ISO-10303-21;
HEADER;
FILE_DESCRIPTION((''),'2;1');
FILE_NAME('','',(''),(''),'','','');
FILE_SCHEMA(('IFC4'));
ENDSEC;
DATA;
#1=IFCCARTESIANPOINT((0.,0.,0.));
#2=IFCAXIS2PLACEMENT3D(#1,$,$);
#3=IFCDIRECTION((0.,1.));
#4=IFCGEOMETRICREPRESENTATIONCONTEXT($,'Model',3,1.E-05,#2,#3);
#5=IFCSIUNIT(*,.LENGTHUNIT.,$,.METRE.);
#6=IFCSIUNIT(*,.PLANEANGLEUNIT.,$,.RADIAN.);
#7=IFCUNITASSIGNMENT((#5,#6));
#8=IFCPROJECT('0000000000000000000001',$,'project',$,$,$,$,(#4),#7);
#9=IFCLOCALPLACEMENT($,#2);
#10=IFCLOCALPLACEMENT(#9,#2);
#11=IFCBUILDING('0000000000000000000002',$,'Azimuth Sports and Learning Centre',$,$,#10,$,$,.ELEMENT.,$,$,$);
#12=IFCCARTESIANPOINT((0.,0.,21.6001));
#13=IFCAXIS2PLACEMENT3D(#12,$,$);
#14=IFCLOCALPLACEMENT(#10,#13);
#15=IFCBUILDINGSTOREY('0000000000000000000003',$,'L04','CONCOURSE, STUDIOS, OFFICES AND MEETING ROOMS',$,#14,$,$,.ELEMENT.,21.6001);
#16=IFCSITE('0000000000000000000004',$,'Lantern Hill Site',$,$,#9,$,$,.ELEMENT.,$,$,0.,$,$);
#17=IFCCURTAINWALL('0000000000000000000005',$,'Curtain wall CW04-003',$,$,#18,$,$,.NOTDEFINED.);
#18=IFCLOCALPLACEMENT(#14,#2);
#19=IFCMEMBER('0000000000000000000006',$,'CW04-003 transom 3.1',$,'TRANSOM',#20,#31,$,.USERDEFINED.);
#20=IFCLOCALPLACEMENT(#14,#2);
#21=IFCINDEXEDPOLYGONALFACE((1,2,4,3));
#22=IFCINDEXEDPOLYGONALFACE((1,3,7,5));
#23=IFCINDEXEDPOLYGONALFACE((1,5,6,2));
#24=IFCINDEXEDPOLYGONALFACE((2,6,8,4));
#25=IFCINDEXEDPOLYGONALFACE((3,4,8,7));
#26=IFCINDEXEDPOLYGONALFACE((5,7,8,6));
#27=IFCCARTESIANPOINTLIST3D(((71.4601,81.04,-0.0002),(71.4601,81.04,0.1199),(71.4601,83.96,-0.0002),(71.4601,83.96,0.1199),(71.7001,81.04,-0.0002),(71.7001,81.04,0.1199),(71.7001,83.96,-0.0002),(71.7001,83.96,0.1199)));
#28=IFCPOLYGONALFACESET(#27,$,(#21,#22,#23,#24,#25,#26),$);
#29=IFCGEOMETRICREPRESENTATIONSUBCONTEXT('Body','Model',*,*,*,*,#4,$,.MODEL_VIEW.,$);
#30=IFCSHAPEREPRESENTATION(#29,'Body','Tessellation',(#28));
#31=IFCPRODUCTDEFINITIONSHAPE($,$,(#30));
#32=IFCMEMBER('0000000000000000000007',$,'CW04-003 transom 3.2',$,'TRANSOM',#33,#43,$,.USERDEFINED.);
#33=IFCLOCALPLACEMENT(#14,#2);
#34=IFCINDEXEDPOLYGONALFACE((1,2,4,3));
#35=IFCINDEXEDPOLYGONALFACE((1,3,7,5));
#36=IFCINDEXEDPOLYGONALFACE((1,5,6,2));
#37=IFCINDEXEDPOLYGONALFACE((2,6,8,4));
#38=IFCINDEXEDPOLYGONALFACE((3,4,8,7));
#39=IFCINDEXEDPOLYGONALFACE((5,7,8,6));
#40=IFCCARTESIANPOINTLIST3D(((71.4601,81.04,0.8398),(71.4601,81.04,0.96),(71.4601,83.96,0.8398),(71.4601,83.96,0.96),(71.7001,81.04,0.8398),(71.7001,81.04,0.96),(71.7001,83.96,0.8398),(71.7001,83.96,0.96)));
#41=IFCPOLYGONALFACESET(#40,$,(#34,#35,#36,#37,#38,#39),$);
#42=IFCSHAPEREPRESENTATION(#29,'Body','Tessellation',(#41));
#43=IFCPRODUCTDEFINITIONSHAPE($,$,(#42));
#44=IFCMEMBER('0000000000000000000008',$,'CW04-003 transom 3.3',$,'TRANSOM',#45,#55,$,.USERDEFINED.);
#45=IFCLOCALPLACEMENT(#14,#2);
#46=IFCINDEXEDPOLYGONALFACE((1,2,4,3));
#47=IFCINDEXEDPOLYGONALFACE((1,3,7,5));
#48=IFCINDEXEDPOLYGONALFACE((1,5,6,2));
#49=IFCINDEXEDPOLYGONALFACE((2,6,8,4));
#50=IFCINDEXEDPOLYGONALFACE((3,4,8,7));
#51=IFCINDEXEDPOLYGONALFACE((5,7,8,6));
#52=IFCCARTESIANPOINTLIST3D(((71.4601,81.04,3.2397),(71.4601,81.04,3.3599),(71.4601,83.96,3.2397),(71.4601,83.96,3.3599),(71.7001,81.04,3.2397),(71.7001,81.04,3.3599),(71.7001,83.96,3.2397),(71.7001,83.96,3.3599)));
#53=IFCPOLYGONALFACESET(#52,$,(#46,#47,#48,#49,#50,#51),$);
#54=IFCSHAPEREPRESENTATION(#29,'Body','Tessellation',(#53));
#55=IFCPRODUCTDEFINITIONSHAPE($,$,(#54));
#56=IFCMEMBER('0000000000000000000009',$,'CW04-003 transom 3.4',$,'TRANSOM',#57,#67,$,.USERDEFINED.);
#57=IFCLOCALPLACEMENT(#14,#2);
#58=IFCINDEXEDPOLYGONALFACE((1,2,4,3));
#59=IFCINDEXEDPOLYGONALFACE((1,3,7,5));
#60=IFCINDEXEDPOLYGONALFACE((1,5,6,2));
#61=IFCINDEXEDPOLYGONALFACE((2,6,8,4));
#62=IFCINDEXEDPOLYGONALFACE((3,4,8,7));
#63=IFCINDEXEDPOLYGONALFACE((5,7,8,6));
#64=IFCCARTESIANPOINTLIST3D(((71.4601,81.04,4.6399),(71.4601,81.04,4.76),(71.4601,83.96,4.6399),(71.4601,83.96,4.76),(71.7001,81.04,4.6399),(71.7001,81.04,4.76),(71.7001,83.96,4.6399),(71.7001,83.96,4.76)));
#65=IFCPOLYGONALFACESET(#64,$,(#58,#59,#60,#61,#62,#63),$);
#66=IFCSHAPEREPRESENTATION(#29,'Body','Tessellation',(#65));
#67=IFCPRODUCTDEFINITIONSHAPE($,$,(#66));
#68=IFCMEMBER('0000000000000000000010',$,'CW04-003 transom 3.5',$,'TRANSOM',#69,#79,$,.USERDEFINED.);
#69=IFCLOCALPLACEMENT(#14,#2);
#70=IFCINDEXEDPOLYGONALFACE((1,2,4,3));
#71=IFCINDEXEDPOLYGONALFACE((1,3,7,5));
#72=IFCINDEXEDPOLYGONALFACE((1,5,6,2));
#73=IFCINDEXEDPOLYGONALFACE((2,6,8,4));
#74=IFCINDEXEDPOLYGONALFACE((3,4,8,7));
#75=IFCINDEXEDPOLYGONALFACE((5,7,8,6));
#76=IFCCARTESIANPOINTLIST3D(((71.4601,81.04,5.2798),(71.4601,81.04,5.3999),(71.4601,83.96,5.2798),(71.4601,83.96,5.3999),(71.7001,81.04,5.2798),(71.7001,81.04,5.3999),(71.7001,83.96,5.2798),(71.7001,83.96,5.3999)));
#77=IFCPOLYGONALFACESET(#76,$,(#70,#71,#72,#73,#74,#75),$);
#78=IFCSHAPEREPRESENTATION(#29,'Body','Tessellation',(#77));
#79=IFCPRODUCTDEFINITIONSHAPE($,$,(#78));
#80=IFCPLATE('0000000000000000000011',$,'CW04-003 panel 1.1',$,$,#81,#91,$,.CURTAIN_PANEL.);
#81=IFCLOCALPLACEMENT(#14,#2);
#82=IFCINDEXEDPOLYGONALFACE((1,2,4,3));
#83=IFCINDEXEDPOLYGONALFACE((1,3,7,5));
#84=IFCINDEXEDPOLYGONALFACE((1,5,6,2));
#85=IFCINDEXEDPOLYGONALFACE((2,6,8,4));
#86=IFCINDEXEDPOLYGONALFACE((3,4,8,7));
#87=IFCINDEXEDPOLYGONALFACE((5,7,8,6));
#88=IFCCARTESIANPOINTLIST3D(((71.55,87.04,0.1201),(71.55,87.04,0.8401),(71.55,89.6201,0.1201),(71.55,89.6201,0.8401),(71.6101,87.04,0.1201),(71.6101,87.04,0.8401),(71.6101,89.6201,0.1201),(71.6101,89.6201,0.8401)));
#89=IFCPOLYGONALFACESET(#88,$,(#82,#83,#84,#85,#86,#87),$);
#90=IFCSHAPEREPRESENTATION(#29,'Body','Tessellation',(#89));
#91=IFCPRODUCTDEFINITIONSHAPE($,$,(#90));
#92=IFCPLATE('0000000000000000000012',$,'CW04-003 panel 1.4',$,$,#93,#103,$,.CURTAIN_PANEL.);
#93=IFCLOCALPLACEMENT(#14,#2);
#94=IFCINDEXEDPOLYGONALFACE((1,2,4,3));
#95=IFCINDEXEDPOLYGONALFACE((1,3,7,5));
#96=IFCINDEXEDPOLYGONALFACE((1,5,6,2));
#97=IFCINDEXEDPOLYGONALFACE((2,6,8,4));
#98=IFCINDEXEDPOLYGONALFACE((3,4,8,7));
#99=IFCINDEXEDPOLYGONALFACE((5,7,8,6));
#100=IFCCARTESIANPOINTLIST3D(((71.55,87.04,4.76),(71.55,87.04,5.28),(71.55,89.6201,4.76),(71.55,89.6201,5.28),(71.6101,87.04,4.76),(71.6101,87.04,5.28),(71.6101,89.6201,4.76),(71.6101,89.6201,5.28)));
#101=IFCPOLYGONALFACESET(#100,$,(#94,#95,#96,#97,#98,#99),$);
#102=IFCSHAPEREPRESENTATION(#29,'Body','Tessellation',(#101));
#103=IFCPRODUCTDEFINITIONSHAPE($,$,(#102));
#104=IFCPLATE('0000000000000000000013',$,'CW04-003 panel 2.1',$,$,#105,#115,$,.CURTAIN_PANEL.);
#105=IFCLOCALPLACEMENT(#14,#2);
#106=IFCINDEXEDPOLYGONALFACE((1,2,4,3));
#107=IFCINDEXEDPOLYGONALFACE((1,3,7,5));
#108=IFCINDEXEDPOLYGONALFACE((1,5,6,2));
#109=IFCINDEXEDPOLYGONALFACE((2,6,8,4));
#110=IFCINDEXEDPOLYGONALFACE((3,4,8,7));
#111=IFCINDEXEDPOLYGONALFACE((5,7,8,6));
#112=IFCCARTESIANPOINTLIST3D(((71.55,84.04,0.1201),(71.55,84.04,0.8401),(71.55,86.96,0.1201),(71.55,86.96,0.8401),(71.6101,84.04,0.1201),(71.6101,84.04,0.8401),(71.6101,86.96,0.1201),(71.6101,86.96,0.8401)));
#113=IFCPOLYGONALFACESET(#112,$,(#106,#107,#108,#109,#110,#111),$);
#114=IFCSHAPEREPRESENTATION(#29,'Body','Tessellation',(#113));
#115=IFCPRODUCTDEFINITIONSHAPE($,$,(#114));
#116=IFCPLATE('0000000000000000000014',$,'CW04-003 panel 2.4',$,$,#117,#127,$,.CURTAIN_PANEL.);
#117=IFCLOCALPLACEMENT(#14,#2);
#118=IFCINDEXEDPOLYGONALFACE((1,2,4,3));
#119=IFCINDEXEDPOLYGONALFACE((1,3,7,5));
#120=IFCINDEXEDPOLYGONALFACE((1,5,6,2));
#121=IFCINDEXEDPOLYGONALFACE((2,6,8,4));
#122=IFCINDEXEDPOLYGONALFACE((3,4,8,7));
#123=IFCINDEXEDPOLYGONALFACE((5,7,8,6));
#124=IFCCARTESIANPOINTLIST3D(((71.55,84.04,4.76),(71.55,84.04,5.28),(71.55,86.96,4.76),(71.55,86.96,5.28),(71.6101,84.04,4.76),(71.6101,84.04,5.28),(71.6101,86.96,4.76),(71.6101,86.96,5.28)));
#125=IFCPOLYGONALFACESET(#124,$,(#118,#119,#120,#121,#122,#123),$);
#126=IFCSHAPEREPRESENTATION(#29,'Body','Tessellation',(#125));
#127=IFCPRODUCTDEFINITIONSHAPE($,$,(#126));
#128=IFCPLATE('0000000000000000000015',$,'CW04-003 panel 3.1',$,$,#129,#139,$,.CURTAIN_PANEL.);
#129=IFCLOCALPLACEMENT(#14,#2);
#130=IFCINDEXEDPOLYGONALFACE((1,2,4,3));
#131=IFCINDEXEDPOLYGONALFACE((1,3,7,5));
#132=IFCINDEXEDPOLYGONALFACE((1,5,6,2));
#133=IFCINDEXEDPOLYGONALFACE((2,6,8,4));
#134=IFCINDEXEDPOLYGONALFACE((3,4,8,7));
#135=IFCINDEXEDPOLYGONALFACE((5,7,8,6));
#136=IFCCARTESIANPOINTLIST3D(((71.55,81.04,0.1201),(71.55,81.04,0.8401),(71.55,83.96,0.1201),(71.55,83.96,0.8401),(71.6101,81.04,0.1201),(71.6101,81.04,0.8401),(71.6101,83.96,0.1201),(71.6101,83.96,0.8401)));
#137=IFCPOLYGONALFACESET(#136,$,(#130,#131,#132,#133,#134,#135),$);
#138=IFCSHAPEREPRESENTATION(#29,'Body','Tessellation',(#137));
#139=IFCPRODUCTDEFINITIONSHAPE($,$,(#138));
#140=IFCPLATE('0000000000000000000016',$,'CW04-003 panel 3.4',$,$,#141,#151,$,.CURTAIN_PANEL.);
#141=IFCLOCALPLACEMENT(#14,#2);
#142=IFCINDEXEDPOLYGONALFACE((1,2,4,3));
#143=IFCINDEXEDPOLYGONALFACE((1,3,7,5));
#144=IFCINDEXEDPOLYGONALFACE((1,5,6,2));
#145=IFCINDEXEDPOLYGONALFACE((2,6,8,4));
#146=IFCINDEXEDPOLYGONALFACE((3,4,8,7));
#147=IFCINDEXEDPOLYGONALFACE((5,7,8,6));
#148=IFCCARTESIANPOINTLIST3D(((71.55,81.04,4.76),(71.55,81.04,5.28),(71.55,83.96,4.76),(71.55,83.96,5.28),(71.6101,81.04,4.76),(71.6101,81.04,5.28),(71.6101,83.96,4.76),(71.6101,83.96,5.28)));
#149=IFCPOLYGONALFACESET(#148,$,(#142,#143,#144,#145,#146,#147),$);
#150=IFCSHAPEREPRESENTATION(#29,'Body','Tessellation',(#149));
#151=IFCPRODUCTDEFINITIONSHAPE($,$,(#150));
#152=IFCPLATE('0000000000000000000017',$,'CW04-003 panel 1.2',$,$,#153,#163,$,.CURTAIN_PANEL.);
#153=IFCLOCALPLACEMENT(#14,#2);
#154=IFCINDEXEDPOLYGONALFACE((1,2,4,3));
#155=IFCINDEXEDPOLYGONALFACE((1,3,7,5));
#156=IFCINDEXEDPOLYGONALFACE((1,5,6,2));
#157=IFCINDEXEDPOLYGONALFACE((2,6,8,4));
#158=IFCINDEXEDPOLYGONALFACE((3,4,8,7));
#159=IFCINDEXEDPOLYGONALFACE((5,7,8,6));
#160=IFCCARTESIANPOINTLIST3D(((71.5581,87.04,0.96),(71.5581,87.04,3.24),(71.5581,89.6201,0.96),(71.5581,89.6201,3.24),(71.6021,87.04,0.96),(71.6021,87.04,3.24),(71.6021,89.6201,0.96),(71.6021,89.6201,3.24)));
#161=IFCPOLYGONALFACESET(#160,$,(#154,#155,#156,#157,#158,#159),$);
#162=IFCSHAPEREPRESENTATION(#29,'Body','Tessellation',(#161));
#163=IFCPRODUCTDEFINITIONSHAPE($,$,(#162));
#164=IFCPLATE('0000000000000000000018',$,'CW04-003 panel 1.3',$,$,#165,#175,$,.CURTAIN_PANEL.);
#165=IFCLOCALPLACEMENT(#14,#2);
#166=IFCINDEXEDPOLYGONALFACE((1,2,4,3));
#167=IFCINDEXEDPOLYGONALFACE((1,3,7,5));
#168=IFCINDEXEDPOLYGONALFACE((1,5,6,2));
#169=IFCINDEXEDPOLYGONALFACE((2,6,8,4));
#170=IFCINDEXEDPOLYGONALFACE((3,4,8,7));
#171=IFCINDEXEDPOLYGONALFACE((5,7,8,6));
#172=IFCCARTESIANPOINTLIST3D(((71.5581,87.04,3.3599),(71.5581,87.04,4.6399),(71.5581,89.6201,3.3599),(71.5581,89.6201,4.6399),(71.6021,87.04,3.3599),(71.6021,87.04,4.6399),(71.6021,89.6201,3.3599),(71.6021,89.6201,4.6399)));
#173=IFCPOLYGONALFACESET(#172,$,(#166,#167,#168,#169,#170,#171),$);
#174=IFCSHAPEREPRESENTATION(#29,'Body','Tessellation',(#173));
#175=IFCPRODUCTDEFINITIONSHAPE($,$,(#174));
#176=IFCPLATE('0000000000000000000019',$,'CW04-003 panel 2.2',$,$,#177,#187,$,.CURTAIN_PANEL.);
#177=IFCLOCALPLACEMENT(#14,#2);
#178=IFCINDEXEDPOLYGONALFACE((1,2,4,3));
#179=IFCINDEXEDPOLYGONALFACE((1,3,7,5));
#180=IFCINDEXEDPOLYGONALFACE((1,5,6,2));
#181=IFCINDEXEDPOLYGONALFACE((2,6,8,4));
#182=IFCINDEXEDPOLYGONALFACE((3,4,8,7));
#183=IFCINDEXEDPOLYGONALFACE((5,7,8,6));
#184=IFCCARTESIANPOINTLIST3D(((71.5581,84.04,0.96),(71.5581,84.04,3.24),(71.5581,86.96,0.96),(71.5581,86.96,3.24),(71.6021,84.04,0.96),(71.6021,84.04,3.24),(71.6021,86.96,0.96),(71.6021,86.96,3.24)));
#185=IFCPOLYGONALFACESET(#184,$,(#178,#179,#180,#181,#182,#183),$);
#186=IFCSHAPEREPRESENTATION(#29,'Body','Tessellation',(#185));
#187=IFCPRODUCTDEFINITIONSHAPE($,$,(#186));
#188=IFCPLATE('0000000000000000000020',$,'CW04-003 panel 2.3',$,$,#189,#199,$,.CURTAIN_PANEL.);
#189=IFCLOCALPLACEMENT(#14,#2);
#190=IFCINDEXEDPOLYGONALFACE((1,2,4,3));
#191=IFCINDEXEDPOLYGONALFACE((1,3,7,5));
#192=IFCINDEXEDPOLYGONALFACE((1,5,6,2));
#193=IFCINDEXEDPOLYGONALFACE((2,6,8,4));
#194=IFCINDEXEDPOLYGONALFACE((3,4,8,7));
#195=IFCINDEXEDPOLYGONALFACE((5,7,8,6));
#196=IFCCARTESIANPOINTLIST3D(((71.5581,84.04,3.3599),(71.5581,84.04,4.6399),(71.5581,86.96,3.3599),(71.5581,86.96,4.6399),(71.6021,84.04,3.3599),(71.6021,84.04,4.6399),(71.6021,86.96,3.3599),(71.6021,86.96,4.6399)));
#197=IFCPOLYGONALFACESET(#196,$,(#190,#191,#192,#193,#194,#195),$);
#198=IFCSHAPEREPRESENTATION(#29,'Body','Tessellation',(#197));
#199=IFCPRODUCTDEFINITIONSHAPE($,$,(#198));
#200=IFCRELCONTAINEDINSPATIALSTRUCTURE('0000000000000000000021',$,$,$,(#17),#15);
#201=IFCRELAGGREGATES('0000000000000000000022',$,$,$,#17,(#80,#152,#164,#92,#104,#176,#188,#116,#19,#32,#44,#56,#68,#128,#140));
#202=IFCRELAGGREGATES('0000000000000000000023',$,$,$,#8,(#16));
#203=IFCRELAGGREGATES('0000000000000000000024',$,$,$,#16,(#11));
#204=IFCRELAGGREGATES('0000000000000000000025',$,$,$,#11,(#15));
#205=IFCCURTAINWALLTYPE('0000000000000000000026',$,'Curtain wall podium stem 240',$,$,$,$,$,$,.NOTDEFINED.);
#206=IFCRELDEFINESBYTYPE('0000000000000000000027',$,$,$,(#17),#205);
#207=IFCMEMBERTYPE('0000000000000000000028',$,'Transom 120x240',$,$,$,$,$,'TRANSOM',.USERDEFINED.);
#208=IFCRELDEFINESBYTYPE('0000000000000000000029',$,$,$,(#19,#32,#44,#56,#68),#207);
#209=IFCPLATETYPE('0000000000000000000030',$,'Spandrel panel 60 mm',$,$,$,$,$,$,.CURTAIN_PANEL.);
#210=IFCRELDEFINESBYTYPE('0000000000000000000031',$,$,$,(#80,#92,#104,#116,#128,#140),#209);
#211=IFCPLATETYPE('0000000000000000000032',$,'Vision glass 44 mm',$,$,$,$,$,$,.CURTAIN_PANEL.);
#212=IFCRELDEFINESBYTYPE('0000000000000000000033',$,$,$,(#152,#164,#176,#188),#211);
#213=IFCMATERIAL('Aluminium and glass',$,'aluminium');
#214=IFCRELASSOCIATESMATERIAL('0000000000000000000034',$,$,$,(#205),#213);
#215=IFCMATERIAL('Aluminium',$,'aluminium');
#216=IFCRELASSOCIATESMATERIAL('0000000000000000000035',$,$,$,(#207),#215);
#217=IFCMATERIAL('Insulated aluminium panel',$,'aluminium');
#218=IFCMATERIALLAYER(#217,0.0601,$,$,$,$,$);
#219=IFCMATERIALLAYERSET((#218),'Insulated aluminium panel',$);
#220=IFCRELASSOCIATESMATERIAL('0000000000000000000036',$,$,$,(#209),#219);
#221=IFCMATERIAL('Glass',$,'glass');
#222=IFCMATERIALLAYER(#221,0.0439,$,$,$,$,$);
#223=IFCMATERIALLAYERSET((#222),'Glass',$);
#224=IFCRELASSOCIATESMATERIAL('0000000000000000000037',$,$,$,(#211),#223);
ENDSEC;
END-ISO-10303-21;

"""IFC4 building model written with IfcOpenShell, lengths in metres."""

from ifc_helpers import new_model, si_unit, direction, frame, origin, origin_2d, place, context, subcontext, project, spatial, rectangle, extrude, material, layer, layer_set, material_profile, profile_set, type_object, element, aggregate, save


model = new_model("IFC4")

# Units and contexts
model_context = context("Model", 3, precision=1e-05, world=origin(), true_north=direction((0.0, 1.0)))
body_context = subcontext(model_context, "Body", "Model", "MODEL_VIEW")
ifc_project = project(units=[si_unit("LENGTHUNIT", "METRE"), si_unit("PLANEANGLEUNIT", "RADIAN")], contexts=[model_context])

# Site, building, storey
site_placement = place(None, origin())
site = spatial("IfcSite", under=ifc_project, at=site_placement, Name="Lantern Hill Site", CompositionType="ELEMENT", RefElevation=0.0)
building_placement = place(site_placement, origin())
building = spatial("IfcBuilding", under=site, at=building_placement, Name="Azimuth Sports and Learning Centre", CompositionType="ELEMENT")
storey_placement = place(building_placement, frame((0.0, 0.0, 21.6001)))
storey = spatial("IfcBuildingStorey", under=building, at=storey_placement, Name="L04", Description="CONCOURSE, STUDIOS, OFFICES AND MEETING ROOMS", CompositionType="ELEMENT", Elevation=21.6001)

# Curtain wall, members, plates
ifc_material_1 = material(Name="Aluminium and glass", Category="aluminium")
curtain_wall_type = type_object("IfcCurtainWallType", Name="Curtain wall podium stem 240", PredefinedType="NOTDEFINED", material=ifc_material_1)
curtain_wall_placement = place(storey_placement, origin())
curtain_wall = element("IfcCurtainWall", 1, at=curtain_wall_placement, inside=storey, type_object=curtain_wall_type, Name="Curtain wall CW04-003", PredefinedType="NOTDEFINED")
ifc_material_2 = material(Name="Aluminium", Category="aluminium")
ifc_material_profile_1 = material_profile(ifc_material_2, rectangle(XDim=0.24, YDim=0.1201, at=origin_2d()), Name="Transom 120x240")
ifc_profile_set_1 = profile_set([ifc_material_profile_1], Name="Aluminium")
member_type_1 = type_object("IfcMemberType", Name="Transom 120x240", ElementType="TRANSOM", PredefinedType="USERDEFINED", material=ifc_profile_set_1)
member_1_placement = place(storey_placement, frame((71.5801, 83.96, 0.0598), z_axis=(0.0, -1.0, 0.0), x_axis=(1.0, 0.0, 0.0)))
member_1 = element("IfcMember", 2, at=member_1_placement, type_object=member_type_1, Name="CW04-003 transom 3.1", ObjectType="TRANSOM", PredefinedType="USERDEFINED", context=body_context, shape_type="SweptSolid", body=[
    extrude(rectangle(XDim=0.24, YDim=0.1201, at=origin_2d()), origin(), (0.0, 0.0, 1.0), 2.9199),
])
member_2_placement = place(storey_placement, frame((71.5801, 83.96, 0.8999), z_axis=(0.0, -1.0, 0.0), x_axis=(1.0, 0.0, 0.0)))
member_2 = element("IfcMember", 3, at=member_2_placement, type_object=member_type_1, Name="CW04-003 transom 3.2", ObjectType="TRANSOM", PredefinedType="USERDEFINED", context=body_context, shape_type="SweptSolid", body=[
    extrude(rectangle(XDim=0.24, YDim=0.1201, at=origin_2d()), origin(), (0.0, 0.0, 1.0), 2.9199),
])
member_3_placement = place(storey_placement, frame((71.5801, 83.96, 3.2998), z_axis=(0.0, -1.0, 0.0), x_axis=(1.0, 0.0, 0.0)))
member_3 = element("IfcMember", 4, at=member_3_placement, type_object=member_type_1, Name="CW04-003 transom 3.3", ObjectType="TRANSOM", PredefinedType="USERDEFINED", context=body_context, shape_type="SweptSolid", body=[
    extrude(rectangle(XDim=0.24, YDim=0.1201, at=origin_2d()), origin(), (0.0, 0.0, 1.0), 2.9199),
])
member_4_placement = place(storey_placement, frame((71.5801, 83.96, 4.7), z_axis=(0.0, -1.0, 0.0), x_axis=(1.0, 0.0, 0.0)))
member_4 = element("IfcMember", 5, at=member_4_placement, type_object=member_type_1, Name="CW04-003 transom 3.4", ObjectType="TRANSOM", PredefinedType="USERDEFINED", context=body_context, shape_type="SweptSolid", body=[
    extrude(rectangle(XDim=0.24, YDim=0.1201, at=origin_2d()), origin(), (0.0, 0.0, 1.0), 2.9199),
])
member_5_placement = place(storey_placement, frame((71.5801, 83.96, 5.3398), z_axis=(0.0, -1.0, 0.0), x_axis=(1.0, 0.0, 0.0)))
member_5 = element("IfcMember", 6, at=member_5_placement, type_object=member_type_1, Name="CW04-003 transom 3.5", ObjectType="TRANSOM", PredefinedType="USERDEFINED", context=body_context, shape_type="SweptSolid", body=[
    extrude(rectangle(XDim=0.24, YDim=0.1201, at=origin_2d()), origin(), (0.0, 0.0, 1.0), 2.9199),
])
ifc_material_3 = material(Name="Insulated aluminium panel", Category="aluminium")
ifc_layer_1 = layer(ifc_material_3, 0.0601)
ifc_layer_set_1 = layer_set([ifc_layer_1], Name="Insulated aluminium panel")
plate_type_1 = type_object("IfcPlateType", Name="Spandrel panel 60 mm", PredefinedType="CURTAIN_PANEL", material=ifc_layer_set_1)
plate_1_placement = place(storey_placement, frame((71.5801, 88.3301, 0.1201), z_axis=(0.0, 0.0, 1.0), x_axis=(0.0, -1.0, 0.0)))
plate_1 = element("IfcPlate", 7, at=plate_1_placement, type_object=plate_type_1, Name="CW04-003 panel 1.1", PredefinedType="CURTAIN_PANEL", context=body_context, shape_type="SweptSolid", body=[
    extrude(rectangle(XDim=2.5801, YDim=0.0601, at=origin_2d()), origin(), (0.0, 0.0, 1.0), 0.72),
])
plate_2_placement = place(storey_placement, frame((71.5801, 88.3301, 4.76), z_axis=(0.0, 0.0, 1.0), x_axis=(0.0, -1.0, 0.0)))
plate_2 = element("IfcPlate", 8, at=plate_2_placement, type_object=plate_type_1, Name="CW04-003 panel 1.4", PredefinedType="CURTAIN_PANEL", context=body_context, shape_type="SweptSolid", body=[
    extrude(rectangle(XDim=2.5801, YDim=0.0601, at=origin_2d()), origin(), (0.0, 0.0, 1.0), 0.52),
])
plate_3_placement = place(storey_placement, frame((71.5801, 85.5, 0.1201), z_axis=(0.0, 0.0, 1.0), x_axis=(0.0, -1.0, 0.0)))
plate_3 = element("IfcPlate", 9, at=plate_3_placement, type_object=plate_type_1, Name="CW04-003 panel 2.1", PredefinedType="CURTAIN_PANEL", context=body_context, shape_type="SweptSolid", body=[
    extrude(rectangle(XDim=2.9199, YDim=0.0601, at=origin_2d()), origin(), (0.0, 0.0, 1.0), 0.72),
])
plate_4_placement = place(storey_placement, frame((71.5801, 85.5, 4.76), z_axis=(0.0, 0.0, 1.0), x_axis=(0.0, -1.0, 0.0)))
plate_4 = element("IfcPlate", 10, at=plate_4_placement, type_object=plate_type_1, Name="CW04-003 panel 2.4", PredefinedType="CURTAIN_PANEL", context=body_context, shape_type="SweptSolid", body=[
    extrude(rectangle(XDim=2.9199, YDim=0.0601, at=origin_2d()), origin(), (0.0, 0.0, 1.0), 0.52),
])
plate_5_placement = place(storey_placement, frame((71.5801, 82.5, 0.1201), z_axis=(0.0, 0.0, 1.0), x_axis=(0.0, -1.0, 0.0)))
plate_5 = element("IfcPlate", 11, at=plate_5_placement, type_object=plate_type_1, Name="CW04-003 panel 3.1", PredefinedType="CURTAIN_PANEL", context=body_context, shape_type="SweptSolid", body=[
    extrude(rectangle(XDim=2.9199, YDim=0.0601, at=origin_2d()), origin(), (0.0, 0.0, 1.0), 0.72),
])
plate_6_placement = place(storey_placement, frame((71.5801, 82.5, 4.76), z_axis=(0.0, 0.0, 1.0), x_axis=(0.0, -1.0, 0.0)))
plate_6 = element("IfcPlate", 12, at=plate_6_placement, type_object=plate_type_1, Name="CW04-003 panel 3.4", PredefinedType="CURTAIN_PANEL", context=body_context, shape_type="SweptSolid", body=[
    extrude(rectangle(XDim=2.9199, YDim=0.0601, at=origin_2d()), origin(), (0.0, 0.0, 1.0), 0.52),
])
ifc_material_4 = material(Name="Glass", Category="glass")
ifc_layer_2 = layer(ifc_material_4, 0.0439)
ifc_layer_set_2 = layer_set([ifc_layer_2], Name="Glass")
plate_type_2 = type_object("IfcPlateType", Name="Vision glass 44 mm", PredefinedType="CURTAIN_PANEL", material=ifc_layer_set_2)
plate_7_placement = place(storey_placement, frame((71.5801, 88.3301, 0.96), z_axis=(0.0, 0.0, 1.0), x_axis=(0.0, -1.0, 0.0)))
plate_7 = element("IfcPlate", 13, at=plate_7_placement, type_object=plate_type_2, Name="CW04-003 panel 1.2", PredefinedType="CURTAIN_PANEL", context=body_context, shape_type="SweptSolid", body=[
    extrude(rectangle(XDim=2.5801, YDim=0.0439, at=origin_2d()), origin(), (0.0, 0.0, 1.0), 2.28),
])
plate_8_placement = place(storey_placement, frame((71.5801, 88.3301, 3.3599), z_axis=(0.0, 0.0, 1.0), x_axis=(0.0, -1.0, 0.0)))
plate_8 = element("IfcPlate", 14, at=plate_8_placement, type_object=plate_type_2, Name="CW04-003 panel 1.3", PredefinedType="CURTAIN_PANEL", context=body_context, shape_type="SweptSolid", body=[
    extrude(rectangle(XDim=2.5801, YDim=0.0439, at=origin_2d()), origin(), (0.0, 0.0, 1.0), 1.28),
])
plate_9_placement = place(storey_placement, frame((71.5801, 85.5, 0.96), z_axis=(0.0, 0.0, 1.0), x_axis=(0.0, -1.0, 0.0)))
plate_9 = element("IfcPlate", 15, at=plate_9_placement, type_object=plate_type_2, Name="CW04-003 panel 2.2", PredefinedType="CURTAIN_PANEL", context=body_context, shape_type="SweptSolid", body=[
    extrude(rectangle(XDim=2.9199, YDim=0.0439, at=origin_2d()), origin(), (0.0, 0.0, 1.0), 2.28),
])
plate_10_placement = place(storey_placement, frame((71.5801, 85.5, 3.3599), z_axis=(0.0, 0.0, 1.0), x_axis=(0.0, -1.0, 0.0)))
plate_10 = element("IfcPlate", 16, at=plate_10_placement, type_object=plate_type_2, Name="CW04-003 panel 2.3", PredefinedType="CURTAIN_PANEL", context=body_context, shape_type="SweptSolid", body=[
    extrude(rectangle(XDim=2.9199, YDim=0.0439, at=origin_2d()), origin(), (0.0, 0.0, 1.0), 1.28),
])
aggregate(curtain_wall, [plate_1, plate_7, plate_8, plate_2, plate_3, plate_9, plate_10, plate_4, member_1, member_2, member_3, member_4, member_5, plate_5, plate_6])

save(model, "model.ifc")
